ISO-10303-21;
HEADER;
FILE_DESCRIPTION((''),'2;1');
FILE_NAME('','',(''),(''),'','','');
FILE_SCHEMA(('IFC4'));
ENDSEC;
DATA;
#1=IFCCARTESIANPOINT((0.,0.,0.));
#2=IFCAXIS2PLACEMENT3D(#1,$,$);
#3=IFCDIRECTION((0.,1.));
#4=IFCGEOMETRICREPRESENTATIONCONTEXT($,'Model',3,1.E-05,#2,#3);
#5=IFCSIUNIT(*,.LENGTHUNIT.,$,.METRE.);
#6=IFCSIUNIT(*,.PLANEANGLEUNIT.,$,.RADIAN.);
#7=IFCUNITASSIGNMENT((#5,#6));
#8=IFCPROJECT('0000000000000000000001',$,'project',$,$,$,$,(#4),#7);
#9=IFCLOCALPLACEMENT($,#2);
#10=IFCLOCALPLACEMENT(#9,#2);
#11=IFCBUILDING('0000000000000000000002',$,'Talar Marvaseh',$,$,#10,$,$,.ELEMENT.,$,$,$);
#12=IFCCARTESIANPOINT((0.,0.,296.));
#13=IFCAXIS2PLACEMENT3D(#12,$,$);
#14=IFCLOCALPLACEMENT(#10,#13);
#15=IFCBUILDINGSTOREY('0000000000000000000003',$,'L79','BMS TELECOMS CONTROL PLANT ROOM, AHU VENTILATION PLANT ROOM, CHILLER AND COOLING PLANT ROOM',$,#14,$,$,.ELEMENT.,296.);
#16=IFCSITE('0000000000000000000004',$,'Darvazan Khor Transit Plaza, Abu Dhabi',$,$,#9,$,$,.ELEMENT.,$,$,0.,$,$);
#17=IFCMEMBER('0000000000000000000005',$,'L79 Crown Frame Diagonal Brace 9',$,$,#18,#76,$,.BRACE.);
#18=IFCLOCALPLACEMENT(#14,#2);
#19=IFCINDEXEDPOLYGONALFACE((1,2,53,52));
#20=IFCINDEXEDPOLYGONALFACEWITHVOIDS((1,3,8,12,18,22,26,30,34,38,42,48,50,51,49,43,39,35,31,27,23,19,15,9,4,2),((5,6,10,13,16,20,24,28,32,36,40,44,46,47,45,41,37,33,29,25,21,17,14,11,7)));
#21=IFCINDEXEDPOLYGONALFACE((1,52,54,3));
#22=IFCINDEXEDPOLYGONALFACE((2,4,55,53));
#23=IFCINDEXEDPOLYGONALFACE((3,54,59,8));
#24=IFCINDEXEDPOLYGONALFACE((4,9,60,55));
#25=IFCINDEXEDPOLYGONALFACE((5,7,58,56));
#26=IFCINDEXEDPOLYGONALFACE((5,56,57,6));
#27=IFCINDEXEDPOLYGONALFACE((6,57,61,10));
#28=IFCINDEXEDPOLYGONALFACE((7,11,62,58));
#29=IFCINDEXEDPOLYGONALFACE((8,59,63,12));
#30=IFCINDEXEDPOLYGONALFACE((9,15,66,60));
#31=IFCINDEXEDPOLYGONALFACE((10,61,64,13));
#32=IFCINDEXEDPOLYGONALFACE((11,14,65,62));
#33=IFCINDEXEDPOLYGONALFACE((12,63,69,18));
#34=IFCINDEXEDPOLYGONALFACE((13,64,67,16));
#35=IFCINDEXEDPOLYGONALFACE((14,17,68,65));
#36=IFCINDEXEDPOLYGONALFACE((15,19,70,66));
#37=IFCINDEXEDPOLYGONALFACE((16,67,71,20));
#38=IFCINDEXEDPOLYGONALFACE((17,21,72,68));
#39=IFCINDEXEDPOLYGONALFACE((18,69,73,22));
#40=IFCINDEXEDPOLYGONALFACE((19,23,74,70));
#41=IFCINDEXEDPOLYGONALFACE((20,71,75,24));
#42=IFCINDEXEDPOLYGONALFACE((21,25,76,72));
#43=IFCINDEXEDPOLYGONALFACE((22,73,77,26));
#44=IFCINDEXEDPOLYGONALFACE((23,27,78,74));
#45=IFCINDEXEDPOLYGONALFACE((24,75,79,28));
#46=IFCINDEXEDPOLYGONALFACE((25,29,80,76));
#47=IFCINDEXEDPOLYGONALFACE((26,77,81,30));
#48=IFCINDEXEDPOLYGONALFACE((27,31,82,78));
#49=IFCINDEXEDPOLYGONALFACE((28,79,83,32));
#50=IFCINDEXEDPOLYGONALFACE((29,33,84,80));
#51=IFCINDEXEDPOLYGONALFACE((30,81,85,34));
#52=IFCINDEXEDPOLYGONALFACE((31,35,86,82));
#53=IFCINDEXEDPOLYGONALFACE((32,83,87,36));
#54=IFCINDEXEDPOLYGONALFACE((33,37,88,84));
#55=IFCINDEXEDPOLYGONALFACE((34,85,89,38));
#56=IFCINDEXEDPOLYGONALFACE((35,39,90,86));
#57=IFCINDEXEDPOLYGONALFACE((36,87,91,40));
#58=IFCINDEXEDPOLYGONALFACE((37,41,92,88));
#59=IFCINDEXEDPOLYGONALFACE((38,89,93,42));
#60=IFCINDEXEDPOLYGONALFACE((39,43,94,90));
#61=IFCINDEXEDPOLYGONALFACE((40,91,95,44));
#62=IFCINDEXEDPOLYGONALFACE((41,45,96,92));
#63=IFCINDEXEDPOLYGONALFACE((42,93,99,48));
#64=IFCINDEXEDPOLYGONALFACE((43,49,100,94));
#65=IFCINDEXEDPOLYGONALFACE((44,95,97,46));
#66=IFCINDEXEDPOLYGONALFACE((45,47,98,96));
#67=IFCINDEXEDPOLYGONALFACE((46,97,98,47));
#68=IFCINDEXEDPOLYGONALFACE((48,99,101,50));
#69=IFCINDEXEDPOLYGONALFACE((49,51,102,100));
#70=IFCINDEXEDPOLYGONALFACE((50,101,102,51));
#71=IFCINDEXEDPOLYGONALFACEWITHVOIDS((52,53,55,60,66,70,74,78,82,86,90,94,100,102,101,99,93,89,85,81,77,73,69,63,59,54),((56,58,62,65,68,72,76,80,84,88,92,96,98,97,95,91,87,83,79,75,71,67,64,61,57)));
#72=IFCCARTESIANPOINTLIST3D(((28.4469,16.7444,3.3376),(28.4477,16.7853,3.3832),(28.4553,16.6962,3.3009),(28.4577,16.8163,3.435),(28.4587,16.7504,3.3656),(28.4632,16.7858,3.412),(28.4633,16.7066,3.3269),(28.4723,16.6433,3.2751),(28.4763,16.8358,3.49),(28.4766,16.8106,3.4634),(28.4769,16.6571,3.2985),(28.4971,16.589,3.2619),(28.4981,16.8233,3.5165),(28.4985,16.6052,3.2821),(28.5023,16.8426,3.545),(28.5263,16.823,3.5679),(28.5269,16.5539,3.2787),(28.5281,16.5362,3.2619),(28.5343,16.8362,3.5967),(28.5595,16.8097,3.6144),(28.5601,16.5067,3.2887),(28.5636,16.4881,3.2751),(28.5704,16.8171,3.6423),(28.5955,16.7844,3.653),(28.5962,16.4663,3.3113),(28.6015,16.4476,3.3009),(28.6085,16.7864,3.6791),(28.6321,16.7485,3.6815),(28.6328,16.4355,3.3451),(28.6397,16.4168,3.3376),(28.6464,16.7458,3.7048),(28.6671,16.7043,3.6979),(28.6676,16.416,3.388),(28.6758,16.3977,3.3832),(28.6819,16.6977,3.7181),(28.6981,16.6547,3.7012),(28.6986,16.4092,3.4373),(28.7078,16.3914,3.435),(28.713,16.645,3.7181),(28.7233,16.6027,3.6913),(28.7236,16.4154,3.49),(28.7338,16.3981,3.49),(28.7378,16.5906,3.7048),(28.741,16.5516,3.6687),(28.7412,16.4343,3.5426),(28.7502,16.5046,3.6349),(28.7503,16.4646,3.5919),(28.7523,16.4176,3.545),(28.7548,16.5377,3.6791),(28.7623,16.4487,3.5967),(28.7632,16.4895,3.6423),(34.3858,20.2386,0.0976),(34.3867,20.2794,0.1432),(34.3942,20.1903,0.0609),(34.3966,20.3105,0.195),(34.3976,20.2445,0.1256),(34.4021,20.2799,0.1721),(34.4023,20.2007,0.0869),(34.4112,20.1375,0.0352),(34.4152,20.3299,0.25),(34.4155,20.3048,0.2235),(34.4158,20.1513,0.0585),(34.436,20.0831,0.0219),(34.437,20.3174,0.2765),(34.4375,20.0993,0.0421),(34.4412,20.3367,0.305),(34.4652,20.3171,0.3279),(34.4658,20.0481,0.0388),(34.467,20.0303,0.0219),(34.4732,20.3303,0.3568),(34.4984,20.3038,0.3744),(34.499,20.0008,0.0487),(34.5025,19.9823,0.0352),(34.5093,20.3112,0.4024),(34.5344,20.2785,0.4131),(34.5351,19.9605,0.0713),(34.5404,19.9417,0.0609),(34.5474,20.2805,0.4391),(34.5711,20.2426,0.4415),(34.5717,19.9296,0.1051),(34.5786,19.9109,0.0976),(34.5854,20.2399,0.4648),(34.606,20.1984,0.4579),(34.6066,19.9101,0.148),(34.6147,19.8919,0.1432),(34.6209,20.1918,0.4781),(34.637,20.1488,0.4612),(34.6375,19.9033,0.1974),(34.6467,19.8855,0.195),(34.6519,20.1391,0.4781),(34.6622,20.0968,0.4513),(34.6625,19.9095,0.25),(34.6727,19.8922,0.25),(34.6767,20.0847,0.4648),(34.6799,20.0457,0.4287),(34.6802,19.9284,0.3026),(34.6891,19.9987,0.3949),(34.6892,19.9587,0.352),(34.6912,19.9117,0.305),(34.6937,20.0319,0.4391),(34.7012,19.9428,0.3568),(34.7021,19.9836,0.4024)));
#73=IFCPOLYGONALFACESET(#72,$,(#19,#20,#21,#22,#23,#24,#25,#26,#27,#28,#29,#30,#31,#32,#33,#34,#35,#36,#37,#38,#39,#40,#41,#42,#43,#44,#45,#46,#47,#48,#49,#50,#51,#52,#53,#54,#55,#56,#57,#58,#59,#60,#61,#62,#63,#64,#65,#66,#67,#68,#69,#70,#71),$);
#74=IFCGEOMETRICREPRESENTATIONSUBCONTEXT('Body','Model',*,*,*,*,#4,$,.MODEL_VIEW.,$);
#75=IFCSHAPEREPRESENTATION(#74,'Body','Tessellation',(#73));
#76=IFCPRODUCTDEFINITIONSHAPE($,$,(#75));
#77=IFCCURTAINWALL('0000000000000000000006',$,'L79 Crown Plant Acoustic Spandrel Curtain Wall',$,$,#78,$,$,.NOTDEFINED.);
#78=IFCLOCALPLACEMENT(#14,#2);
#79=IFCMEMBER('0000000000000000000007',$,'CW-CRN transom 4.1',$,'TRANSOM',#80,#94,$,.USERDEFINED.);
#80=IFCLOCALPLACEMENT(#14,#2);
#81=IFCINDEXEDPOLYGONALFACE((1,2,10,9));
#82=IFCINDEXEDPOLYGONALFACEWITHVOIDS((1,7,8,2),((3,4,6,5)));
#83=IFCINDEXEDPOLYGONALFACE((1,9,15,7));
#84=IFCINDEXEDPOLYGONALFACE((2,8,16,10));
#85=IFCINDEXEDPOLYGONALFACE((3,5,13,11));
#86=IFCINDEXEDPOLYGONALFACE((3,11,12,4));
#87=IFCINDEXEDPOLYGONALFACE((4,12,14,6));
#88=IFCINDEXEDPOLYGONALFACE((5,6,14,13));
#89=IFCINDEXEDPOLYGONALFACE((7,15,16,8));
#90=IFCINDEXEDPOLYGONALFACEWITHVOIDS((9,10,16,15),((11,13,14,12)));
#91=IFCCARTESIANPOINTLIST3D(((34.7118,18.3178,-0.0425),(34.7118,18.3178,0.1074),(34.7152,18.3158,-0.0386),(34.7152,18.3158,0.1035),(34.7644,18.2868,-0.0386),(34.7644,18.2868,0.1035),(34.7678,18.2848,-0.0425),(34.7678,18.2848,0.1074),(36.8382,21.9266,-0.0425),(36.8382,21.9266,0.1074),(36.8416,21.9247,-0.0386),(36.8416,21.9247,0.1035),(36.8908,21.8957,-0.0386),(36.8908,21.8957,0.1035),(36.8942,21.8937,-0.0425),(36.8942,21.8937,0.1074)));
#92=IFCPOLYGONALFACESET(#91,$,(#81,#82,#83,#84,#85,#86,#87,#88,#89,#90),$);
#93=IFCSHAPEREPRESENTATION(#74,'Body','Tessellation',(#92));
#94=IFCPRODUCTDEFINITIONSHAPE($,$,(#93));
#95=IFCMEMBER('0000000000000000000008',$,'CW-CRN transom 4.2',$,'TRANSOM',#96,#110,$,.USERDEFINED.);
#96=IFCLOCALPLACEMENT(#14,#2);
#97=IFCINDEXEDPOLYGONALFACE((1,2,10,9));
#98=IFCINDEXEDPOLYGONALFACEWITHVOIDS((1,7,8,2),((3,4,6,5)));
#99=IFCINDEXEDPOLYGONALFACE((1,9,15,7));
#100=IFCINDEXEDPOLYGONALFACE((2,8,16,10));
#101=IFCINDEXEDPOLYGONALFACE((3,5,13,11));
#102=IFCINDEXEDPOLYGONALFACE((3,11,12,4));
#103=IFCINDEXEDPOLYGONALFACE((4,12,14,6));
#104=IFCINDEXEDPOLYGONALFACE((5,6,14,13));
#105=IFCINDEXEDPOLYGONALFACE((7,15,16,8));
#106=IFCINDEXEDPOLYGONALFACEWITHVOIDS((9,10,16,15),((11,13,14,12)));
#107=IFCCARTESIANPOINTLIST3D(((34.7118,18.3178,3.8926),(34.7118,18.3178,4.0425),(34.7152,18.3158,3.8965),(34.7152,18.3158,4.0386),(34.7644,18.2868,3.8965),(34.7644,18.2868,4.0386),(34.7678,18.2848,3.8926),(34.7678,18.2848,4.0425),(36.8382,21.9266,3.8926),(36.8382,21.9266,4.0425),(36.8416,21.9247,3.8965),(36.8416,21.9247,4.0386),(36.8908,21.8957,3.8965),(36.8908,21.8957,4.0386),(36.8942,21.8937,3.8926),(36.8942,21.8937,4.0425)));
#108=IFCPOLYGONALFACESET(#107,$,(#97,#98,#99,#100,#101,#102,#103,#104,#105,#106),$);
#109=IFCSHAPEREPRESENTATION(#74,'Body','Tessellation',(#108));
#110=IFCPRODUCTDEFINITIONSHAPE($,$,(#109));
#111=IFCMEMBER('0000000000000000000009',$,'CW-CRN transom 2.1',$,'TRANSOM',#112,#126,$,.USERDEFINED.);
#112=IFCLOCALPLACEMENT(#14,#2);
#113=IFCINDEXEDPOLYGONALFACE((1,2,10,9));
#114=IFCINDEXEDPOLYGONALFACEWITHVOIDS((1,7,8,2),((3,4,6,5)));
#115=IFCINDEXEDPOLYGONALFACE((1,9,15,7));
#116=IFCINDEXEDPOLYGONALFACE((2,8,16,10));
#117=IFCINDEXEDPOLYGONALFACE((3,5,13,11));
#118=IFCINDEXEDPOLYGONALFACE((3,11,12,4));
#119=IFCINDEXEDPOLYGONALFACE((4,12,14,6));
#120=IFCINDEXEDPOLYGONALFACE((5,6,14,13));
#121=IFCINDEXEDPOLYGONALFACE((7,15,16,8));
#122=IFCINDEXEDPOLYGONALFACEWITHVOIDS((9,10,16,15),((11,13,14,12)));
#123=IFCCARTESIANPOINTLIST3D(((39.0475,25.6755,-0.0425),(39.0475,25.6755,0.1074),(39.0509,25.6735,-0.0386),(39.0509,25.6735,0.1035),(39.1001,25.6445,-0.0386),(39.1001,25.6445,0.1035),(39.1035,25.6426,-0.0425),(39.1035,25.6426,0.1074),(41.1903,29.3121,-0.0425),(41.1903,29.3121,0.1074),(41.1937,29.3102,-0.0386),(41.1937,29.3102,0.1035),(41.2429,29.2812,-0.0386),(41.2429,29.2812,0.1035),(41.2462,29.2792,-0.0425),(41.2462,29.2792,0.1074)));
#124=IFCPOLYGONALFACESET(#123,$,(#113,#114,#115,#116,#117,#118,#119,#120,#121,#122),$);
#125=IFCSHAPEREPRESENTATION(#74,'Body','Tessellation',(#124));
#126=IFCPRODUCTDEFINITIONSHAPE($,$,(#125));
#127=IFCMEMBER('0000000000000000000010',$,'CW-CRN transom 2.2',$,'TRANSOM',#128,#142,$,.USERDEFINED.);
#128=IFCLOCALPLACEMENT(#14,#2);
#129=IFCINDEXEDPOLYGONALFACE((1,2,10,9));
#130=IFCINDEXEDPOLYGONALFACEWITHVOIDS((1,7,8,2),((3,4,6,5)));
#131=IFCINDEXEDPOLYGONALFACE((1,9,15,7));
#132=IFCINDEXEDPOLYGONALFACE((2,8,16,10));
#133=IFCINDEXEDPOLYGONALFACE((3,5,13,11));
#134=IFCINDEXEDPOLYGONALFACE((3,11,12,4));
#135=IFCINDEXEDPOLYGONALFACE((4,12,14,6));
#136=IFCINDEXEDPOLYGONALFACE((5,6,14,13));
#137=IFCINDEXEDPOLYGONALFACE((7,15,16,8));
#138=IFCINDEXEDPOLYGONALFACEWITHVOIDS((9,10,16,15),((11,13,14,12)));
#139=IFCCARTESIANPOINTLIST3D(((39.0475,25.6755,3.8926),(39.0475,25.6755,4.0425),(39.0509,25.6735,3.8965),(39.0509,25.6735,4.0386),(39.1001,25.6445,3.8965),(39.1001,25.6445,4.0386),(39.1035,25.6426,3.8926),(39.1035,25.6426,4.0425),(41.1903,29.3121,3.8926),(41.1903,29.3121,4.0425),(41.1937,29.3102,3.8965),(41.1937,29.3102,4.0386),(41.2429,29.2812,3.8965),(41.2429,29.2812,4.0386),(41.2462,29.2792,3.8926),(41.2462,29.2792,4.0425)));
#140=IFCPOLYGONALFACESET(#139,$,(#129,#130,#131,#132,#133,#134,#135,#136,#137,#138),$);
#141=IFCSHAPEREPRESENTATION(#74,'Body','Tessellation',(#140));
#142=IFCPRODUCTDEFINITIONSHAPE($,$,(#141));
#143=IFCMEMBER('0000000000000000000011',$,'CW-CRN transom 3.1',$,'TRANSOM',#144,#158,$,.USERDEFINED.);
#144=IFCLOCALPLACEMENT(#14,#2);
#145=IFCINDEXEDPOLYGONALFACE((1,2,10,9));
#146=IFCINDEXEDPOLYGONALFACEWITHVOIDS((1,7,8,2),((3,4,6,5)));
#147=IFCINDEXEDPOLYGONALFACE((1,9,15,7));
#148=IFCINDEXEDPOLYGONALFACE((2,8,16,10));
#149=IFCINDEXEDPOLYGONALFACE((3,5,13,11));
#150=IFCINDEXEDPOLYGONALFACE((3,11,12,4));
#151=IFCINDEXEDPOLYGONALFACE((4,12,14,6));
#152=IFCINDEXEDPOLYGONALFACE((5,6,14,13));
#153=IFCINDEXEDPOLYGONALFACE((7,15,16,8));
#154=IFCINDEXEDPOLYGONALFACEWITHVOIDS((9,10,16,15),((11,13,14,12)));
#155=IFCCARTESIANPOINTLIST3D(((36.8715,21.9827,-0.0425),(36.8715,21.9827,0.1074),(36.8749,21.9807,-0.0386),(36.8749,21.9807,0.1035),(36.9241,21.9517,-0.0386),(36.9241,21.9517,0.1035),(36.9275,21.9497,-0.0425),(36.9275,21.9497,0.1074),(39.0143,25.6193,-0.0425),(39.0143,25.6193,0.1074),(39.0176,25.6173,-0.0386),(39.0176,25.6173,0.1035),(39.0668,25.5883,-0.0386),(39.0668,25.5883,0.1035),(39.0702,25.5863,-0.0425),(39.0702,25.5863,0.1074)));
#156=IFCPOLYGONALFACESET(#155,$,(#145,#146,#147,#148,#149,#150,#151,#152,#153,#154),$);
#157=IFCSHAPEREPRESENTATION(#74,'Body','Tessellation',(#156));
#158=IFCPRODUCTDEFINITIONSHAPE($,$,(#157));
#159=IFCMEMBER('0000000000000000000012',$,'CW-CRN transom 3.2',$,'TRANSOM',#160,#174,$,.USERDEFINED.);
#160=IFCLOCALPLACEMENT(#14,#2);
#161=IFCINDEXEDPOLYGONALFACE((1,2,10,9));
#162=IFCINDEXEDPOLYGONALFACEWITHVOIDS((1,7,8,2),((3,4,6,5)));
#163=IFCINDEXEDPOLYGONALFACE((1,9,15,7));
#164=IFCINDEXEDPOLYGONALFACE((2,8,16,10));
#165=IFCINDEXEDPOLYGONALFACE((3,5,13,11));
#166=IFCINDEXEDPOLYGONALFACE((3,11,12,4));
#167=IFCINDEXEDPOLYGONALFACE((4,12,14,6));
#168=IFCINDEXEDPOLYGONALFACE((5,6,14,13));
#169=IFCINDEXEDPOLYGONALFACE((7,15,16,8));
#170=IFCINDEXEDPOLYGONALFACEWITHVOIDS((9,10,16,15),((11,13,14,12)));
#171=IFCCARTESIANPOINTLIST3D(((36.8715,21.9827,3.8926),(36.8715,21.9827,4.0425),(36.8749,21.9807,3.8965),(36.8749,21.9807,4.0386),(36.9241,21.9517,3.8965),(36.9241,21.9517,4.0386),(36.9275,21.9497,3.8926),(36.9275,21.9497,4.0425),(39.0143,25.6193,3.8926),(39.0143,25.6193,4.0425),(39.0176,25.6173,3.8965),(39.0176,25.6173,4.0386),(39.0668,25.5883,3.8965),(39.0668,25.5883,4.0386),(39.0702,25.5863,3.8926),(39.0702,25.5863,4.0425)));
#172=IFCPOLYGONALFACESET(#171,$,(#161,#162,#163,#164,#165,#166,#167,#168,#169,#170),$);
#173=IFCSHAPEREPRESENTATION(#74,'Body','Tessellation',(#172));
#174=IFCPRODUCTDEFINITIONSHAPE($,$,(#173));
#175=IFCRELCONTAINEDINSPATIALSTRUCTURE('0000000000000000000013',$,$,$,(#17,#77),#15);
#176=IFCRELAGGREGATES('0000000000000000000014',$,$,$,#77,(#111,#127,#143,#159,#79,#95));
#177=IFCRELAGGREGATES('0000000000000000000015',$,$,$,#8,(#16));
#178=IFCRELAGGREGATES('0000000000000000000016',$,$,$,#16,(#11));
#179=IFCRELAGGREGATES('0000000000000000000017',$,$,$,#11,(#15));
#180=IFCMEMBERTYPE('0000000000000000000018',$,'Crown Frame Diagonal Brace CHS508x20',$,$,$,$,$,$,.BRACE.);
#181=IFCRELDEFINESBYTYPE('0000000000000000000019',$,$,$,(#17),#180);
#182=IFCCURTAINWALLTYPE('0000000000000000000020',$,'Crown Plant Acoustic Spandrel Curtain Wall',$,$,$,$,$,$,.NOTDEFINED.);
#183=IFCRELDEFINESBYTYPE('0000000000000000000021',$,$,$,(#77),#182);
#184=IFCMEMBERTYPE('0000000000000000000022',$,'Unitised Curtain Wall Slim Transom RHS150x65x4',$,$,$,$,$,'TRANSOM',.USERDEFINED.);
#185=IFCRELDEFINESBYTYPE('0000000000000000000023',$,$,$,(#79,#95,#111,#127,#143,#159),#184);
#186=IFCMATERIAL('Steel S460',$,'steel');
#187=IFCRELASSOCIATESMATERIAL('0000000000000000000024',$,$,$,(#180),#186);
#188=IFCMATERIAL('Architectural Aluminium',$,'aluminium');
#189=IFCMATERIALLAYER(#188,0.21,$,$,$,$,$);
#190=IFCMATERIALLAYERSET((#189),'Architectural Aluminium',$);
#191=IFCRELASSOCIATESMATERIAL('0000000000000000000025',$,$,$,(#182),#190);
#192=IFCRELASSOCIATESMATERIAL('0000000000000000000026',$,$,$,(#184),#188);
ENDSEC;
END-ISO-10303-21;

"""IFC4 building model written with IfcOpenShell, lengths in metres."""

from ifc_helpers import new_model, si_unit, direction, frame, origin, origin_2d, place, context, subcontext, project, spatial, hollow_rectangle, hollow_circle, extrude, source, transform, mapped, material, layer, layer_set, material_profile, profile_set, type_object, type_shapes, element, aggregate, save


model = new_model("IFC4")

# Units and contexts
model_context = context("Model", 3, precision=1e-05, world=origin(), true_north=direction((0.0, 1.0)))
body_context = subcontext(model_context, "Body", "Model", "MODEL_VIEW")
ifc_project = project(units=[si_unit("LENGTHUNIT", "METRE"), si_unit("PLANEANGLEUNIT", "RADIAN")], contexts=[model_context])

# Site, building, storey
site_placement = place(None, origin())
site = spatial("IfcSite", under=ifc_project, at=site_placement, Name="Darvazan Khor Transit Plaza, Abu Dhabi", CompositionType="ELEMENT", RefElevation=0.0)
building_placement = place(site_placement, origin())
building = spatial("IfcBuilding", under=site, at=building_placement, Name="Talar Marvaseh", CompositionType="ELEMENT")
storey_placement = place(building_placement, frame((0.0, 0.0, 296.0)))
storey = spatial("IfcBuildingStorey", under=building, at=storey_placement, Name="L79", Description="BMS TELECOMS CONTROL PLANT ROOM, AHU VENTILATION PLANT ROOM, CHILLER AND COOLING PLANT ROOM", CompositionType="ELEMENT", Elevation=296.0)

# Shared definitions
ifc_material_1 = material(Name="Steel S460", Category="steel")

# Member
ifc_material_profile_1 = material_profile(ifc_material_1, hollow_circle(Radius=0.2539, WallThickness=0.02, at=origin_2d()), Name="CHS508x20")
ifc_profile_set_1 = profile_set([ifc_material_profile_1], Name="Steel S460")
member_type_1 = type_object("IfcMemberType", Name="Crown Frame Diagonal Brace CHS508x20", PredefinedType="BRACE", material=ifc_profile_set_1)
shared_shape_1 = source(origin(), body_context, "Body", "SweptSolid", [
    extrude(hollow_circle(Radius=0.2539, WallThickness=0.02, at=origin_2d()), origin(), (0.0, 0.0, 1.0), 7.6143),
])
type_shapes(member_type_1, [shared_shape_1])
member_1_placement = place(storey_placement, frame((34.5439, 20.1111, 0.25), z_axis=(-0.779973, -0.458891, 0.425513), x_axis=(0.507088, -0.861894, 0.0)))
element("IfcMember", 1, at=member_1_placement, inside=storey, type_object=member_type_1, Name="L79 Crown Frame Diagonal Brace 9", PredefinedType="BRACE", context=body_context, shape_type="MappedRepresentation", body=[
    mapped(shared_shape_1, transform((0.0, 0.0, 0.0), x_axis=(1.0, 0.0, 0.0), y_axis=(0.0, 1.0, 0.0), z_axis=(0.0, 0.0, 1.0), scale=1.0)),
])

# Curtain wall, members
ifc_material_2 = material(Name="Architectural Aluminium", Category="aluminium")
ifc_layer_1 = layer(ifc_material_2, 0.21)
ifc_layer_set_1 = layer_set([ifc_layer_1], Name="Architectural Aluminium")
curtain_wall_type = type_object("IfcCurtainWallType", Name="Crown Plant Acoustic Spandrel Curtain Wall", PredefinedType="NOTDEFINED", material=ifc_layer_set_1)
curtain_wall_placement = place(storey_placement, origin())
curtain_wall = element("IfcCurtainWall", 2, at=curtain_wall_placement, inside=storey, type_object=curtain_wall_type, Name="L79 Crown Plant Acoustic Spandrel Curtain Wall", PredefinedType="NOTDEFINED")
ifc_material_profile_2 = material_profile(ifc_material_2, hollow_rectangle(XDim=0.0649, YDim=0.1499, WallThickness=0.0039, at=origin_2d()), Name="RHS150x65x4")
ifc_profile_set_2 = profile_set([ifc_material_profile_2], Name="Architectural Aluminium")
member_type_2 = type_object("IfcMemberType", Name="Unitised Curtain Wall Slim Transom RHS150x65x4", ElementType="TRANSOM", PredefinedType="USERDEFINED", material=ifc_profile_set_2)
shared_shape_2 = source(origin(), body_context, "Body", "SweptSolid", [
    extrude(hollow_rectangle(XDim=0.0649, YDim=0.1499, WallThickness=0.0039, at=origin_2d()), origin(), (0.0, 0.0, 1.0), 4.1887),
])
member_2_placement = place(storey_placement, frame((36.8662, 21.9102, 0.0325), z_axis=(-0.507657, -0.861559, 0.0), x_axis=(0.861559, -0.507657, 0.0)))
member_2 = element("IfcMember", 3, at=member_2_placement, type_object=member_type_2, Name="CW-CRN transom 4.1", ObjectType="TRANSOM", PredefinedType="USERDEFINED", context=body_context, shape_type="MappedRepresentation", body=[
    mapped(shared_shape_2, transform((0.0, 0.0, 0.0), x_axis=(1.0, 0.0, 0.0), y_axis=(0.0, 1.0, 0.0), z_axis=(0.0, 0.0, 1.0), scale=1.0)),
])
member_3_placement = place(storey_placement, frame((36.8662, 21.9102, 3.9675), z_axis=(-0.507657, -0.861559, 0.0), x_axis=(0.861559, -0.507657, 0.0)))
member_3 = element("IfcMember", 4, at=member_3_placement, type_object=member_type_2, Name="CW-CRN transom 4.2", ObjectType="TRANSOM", PredefinedType="USERDEFINED", context=body_context, shape_type="MappedRepresentation", body=[
    mapped(shared_shape_2, transform((0.0, 0.0, 0.0), x_axis=(1.0, 0.0, 0.0), y_axis=(0.0, 1.0, 0.0), z_axis=(0.0, 0.0, 1.0), scale=1.0)),
])
shared_shape_3 = source(origin(), body_context, "Body", "SweptSolid", [
    extrude(hollow_rectangle(XDim=0.0649, YDim=0.1499, WallThickness=0.0039, at=origin_2d()), origin(), (0.0, 0.0, 1.0), 4.2209),
])
type_shapes(member_type_2, [shared_shape_2, shared_shape_3])
member_4_placement = place(storey_placement, frame((41.2183, 29.2957, 0.0325), z_axis=(-0.507649, -0.861564, 0.0), x_axis=(0.861564, -0.507649, 0.0)))
member_4 = element("IfcMember", 5, at=member_4_placement, type_object=member_type_2, Name="CW-CRN transom 2.1", ObjectType="TRANSOM", PredefinedType="USERDEFINED", context=body_context, shape_type="MappedRepresentation", body=[
    mapped(shared_shape_3, transform((0.0, 0.0, 0.0), x_axis=(1.0, 0.0, 0.0), y_axis=(0.0, 1.0, 0.0), z_axis=(0.0, 0.0, 1.0), scale=1.0)),
])
member_5_placement = place(storey_placement, frame((41.2183, 29.2957, 3.9675), z_axis=(-0.507649, -0.861564, 0.0), x_axis=(0.861564, -0.507649, 0.0)))
member_5 = element("IfcMember", 6, at=member_5_placement, type_object=member_type_2, Name="CW-CRN transom 2.2", ObjectType="TRANSOM", PredefinedType="USERDEFINED", context=body_context, shape_type="MappedRepresentation", body=[
    mapped(shared_shape_3, transform((0.0, 0.0, 0.0), x_axis=(1.0, 0.0, 0.0), y_axis=(0.0, 1.0, 0.0), z_axis=(0.0, 0.0, 1.0), scale=1.0)),
])
member_6_placement = place(storey_placement, frame((39.0422, 25.6028, 0.0325), z_axis=(-0.507649, -0.861564, 0.0), x_axis=(0.861564, -0.507649, 0.0)))
member_6 = element("IfcMember", 7, at=member_6_placement, type_object=member_type_2, Name="CW-CRN transom 3.1", ObjectType="TRANSOM", PredefinedType="USERDEFINED", context=body_context, shape_type="MappedRepresentation", body=[
    mapped(shared_shape_3, transform((0.0, 0.0, 0.0), x_axis=(1.0, 0.0, 0.0), y_axis=(0.0, 1.0, 0.0), z_axis=(0.0, 0.0, 1.0), scale=1.0)),
])
member_7_placement = place(storey_placement, frame((39.0422, 25.6028, 3.9675), z_axis=(-0.507649, -0.861564, 0.0), x_axis=(0.861564, -0.507649, 0.0)))
member_7 = element("IfcMember", 8, at=member_7_placement, type_object=member_type_2, Name="CW-CRN transom 3.2", ObjectType="TRANSOM", PredefinedType="USERDEFINED", context=body_context, shape_type="MappedRepresentation", body=[
    mapped(shared_shape_3, transform((0.0, 0.0, 0.0), x_axis=(1.0, 0.0, 0.0), y_axis=(0.0, 1.0, 0.0), z_axis=(0.0, 0.0, 1.0), scale=1.0)),
])

aggregate(curtain_wall, [member_4, member_5, member_6, member_7, member_2, member_3])

save(model, "model.ifc")
